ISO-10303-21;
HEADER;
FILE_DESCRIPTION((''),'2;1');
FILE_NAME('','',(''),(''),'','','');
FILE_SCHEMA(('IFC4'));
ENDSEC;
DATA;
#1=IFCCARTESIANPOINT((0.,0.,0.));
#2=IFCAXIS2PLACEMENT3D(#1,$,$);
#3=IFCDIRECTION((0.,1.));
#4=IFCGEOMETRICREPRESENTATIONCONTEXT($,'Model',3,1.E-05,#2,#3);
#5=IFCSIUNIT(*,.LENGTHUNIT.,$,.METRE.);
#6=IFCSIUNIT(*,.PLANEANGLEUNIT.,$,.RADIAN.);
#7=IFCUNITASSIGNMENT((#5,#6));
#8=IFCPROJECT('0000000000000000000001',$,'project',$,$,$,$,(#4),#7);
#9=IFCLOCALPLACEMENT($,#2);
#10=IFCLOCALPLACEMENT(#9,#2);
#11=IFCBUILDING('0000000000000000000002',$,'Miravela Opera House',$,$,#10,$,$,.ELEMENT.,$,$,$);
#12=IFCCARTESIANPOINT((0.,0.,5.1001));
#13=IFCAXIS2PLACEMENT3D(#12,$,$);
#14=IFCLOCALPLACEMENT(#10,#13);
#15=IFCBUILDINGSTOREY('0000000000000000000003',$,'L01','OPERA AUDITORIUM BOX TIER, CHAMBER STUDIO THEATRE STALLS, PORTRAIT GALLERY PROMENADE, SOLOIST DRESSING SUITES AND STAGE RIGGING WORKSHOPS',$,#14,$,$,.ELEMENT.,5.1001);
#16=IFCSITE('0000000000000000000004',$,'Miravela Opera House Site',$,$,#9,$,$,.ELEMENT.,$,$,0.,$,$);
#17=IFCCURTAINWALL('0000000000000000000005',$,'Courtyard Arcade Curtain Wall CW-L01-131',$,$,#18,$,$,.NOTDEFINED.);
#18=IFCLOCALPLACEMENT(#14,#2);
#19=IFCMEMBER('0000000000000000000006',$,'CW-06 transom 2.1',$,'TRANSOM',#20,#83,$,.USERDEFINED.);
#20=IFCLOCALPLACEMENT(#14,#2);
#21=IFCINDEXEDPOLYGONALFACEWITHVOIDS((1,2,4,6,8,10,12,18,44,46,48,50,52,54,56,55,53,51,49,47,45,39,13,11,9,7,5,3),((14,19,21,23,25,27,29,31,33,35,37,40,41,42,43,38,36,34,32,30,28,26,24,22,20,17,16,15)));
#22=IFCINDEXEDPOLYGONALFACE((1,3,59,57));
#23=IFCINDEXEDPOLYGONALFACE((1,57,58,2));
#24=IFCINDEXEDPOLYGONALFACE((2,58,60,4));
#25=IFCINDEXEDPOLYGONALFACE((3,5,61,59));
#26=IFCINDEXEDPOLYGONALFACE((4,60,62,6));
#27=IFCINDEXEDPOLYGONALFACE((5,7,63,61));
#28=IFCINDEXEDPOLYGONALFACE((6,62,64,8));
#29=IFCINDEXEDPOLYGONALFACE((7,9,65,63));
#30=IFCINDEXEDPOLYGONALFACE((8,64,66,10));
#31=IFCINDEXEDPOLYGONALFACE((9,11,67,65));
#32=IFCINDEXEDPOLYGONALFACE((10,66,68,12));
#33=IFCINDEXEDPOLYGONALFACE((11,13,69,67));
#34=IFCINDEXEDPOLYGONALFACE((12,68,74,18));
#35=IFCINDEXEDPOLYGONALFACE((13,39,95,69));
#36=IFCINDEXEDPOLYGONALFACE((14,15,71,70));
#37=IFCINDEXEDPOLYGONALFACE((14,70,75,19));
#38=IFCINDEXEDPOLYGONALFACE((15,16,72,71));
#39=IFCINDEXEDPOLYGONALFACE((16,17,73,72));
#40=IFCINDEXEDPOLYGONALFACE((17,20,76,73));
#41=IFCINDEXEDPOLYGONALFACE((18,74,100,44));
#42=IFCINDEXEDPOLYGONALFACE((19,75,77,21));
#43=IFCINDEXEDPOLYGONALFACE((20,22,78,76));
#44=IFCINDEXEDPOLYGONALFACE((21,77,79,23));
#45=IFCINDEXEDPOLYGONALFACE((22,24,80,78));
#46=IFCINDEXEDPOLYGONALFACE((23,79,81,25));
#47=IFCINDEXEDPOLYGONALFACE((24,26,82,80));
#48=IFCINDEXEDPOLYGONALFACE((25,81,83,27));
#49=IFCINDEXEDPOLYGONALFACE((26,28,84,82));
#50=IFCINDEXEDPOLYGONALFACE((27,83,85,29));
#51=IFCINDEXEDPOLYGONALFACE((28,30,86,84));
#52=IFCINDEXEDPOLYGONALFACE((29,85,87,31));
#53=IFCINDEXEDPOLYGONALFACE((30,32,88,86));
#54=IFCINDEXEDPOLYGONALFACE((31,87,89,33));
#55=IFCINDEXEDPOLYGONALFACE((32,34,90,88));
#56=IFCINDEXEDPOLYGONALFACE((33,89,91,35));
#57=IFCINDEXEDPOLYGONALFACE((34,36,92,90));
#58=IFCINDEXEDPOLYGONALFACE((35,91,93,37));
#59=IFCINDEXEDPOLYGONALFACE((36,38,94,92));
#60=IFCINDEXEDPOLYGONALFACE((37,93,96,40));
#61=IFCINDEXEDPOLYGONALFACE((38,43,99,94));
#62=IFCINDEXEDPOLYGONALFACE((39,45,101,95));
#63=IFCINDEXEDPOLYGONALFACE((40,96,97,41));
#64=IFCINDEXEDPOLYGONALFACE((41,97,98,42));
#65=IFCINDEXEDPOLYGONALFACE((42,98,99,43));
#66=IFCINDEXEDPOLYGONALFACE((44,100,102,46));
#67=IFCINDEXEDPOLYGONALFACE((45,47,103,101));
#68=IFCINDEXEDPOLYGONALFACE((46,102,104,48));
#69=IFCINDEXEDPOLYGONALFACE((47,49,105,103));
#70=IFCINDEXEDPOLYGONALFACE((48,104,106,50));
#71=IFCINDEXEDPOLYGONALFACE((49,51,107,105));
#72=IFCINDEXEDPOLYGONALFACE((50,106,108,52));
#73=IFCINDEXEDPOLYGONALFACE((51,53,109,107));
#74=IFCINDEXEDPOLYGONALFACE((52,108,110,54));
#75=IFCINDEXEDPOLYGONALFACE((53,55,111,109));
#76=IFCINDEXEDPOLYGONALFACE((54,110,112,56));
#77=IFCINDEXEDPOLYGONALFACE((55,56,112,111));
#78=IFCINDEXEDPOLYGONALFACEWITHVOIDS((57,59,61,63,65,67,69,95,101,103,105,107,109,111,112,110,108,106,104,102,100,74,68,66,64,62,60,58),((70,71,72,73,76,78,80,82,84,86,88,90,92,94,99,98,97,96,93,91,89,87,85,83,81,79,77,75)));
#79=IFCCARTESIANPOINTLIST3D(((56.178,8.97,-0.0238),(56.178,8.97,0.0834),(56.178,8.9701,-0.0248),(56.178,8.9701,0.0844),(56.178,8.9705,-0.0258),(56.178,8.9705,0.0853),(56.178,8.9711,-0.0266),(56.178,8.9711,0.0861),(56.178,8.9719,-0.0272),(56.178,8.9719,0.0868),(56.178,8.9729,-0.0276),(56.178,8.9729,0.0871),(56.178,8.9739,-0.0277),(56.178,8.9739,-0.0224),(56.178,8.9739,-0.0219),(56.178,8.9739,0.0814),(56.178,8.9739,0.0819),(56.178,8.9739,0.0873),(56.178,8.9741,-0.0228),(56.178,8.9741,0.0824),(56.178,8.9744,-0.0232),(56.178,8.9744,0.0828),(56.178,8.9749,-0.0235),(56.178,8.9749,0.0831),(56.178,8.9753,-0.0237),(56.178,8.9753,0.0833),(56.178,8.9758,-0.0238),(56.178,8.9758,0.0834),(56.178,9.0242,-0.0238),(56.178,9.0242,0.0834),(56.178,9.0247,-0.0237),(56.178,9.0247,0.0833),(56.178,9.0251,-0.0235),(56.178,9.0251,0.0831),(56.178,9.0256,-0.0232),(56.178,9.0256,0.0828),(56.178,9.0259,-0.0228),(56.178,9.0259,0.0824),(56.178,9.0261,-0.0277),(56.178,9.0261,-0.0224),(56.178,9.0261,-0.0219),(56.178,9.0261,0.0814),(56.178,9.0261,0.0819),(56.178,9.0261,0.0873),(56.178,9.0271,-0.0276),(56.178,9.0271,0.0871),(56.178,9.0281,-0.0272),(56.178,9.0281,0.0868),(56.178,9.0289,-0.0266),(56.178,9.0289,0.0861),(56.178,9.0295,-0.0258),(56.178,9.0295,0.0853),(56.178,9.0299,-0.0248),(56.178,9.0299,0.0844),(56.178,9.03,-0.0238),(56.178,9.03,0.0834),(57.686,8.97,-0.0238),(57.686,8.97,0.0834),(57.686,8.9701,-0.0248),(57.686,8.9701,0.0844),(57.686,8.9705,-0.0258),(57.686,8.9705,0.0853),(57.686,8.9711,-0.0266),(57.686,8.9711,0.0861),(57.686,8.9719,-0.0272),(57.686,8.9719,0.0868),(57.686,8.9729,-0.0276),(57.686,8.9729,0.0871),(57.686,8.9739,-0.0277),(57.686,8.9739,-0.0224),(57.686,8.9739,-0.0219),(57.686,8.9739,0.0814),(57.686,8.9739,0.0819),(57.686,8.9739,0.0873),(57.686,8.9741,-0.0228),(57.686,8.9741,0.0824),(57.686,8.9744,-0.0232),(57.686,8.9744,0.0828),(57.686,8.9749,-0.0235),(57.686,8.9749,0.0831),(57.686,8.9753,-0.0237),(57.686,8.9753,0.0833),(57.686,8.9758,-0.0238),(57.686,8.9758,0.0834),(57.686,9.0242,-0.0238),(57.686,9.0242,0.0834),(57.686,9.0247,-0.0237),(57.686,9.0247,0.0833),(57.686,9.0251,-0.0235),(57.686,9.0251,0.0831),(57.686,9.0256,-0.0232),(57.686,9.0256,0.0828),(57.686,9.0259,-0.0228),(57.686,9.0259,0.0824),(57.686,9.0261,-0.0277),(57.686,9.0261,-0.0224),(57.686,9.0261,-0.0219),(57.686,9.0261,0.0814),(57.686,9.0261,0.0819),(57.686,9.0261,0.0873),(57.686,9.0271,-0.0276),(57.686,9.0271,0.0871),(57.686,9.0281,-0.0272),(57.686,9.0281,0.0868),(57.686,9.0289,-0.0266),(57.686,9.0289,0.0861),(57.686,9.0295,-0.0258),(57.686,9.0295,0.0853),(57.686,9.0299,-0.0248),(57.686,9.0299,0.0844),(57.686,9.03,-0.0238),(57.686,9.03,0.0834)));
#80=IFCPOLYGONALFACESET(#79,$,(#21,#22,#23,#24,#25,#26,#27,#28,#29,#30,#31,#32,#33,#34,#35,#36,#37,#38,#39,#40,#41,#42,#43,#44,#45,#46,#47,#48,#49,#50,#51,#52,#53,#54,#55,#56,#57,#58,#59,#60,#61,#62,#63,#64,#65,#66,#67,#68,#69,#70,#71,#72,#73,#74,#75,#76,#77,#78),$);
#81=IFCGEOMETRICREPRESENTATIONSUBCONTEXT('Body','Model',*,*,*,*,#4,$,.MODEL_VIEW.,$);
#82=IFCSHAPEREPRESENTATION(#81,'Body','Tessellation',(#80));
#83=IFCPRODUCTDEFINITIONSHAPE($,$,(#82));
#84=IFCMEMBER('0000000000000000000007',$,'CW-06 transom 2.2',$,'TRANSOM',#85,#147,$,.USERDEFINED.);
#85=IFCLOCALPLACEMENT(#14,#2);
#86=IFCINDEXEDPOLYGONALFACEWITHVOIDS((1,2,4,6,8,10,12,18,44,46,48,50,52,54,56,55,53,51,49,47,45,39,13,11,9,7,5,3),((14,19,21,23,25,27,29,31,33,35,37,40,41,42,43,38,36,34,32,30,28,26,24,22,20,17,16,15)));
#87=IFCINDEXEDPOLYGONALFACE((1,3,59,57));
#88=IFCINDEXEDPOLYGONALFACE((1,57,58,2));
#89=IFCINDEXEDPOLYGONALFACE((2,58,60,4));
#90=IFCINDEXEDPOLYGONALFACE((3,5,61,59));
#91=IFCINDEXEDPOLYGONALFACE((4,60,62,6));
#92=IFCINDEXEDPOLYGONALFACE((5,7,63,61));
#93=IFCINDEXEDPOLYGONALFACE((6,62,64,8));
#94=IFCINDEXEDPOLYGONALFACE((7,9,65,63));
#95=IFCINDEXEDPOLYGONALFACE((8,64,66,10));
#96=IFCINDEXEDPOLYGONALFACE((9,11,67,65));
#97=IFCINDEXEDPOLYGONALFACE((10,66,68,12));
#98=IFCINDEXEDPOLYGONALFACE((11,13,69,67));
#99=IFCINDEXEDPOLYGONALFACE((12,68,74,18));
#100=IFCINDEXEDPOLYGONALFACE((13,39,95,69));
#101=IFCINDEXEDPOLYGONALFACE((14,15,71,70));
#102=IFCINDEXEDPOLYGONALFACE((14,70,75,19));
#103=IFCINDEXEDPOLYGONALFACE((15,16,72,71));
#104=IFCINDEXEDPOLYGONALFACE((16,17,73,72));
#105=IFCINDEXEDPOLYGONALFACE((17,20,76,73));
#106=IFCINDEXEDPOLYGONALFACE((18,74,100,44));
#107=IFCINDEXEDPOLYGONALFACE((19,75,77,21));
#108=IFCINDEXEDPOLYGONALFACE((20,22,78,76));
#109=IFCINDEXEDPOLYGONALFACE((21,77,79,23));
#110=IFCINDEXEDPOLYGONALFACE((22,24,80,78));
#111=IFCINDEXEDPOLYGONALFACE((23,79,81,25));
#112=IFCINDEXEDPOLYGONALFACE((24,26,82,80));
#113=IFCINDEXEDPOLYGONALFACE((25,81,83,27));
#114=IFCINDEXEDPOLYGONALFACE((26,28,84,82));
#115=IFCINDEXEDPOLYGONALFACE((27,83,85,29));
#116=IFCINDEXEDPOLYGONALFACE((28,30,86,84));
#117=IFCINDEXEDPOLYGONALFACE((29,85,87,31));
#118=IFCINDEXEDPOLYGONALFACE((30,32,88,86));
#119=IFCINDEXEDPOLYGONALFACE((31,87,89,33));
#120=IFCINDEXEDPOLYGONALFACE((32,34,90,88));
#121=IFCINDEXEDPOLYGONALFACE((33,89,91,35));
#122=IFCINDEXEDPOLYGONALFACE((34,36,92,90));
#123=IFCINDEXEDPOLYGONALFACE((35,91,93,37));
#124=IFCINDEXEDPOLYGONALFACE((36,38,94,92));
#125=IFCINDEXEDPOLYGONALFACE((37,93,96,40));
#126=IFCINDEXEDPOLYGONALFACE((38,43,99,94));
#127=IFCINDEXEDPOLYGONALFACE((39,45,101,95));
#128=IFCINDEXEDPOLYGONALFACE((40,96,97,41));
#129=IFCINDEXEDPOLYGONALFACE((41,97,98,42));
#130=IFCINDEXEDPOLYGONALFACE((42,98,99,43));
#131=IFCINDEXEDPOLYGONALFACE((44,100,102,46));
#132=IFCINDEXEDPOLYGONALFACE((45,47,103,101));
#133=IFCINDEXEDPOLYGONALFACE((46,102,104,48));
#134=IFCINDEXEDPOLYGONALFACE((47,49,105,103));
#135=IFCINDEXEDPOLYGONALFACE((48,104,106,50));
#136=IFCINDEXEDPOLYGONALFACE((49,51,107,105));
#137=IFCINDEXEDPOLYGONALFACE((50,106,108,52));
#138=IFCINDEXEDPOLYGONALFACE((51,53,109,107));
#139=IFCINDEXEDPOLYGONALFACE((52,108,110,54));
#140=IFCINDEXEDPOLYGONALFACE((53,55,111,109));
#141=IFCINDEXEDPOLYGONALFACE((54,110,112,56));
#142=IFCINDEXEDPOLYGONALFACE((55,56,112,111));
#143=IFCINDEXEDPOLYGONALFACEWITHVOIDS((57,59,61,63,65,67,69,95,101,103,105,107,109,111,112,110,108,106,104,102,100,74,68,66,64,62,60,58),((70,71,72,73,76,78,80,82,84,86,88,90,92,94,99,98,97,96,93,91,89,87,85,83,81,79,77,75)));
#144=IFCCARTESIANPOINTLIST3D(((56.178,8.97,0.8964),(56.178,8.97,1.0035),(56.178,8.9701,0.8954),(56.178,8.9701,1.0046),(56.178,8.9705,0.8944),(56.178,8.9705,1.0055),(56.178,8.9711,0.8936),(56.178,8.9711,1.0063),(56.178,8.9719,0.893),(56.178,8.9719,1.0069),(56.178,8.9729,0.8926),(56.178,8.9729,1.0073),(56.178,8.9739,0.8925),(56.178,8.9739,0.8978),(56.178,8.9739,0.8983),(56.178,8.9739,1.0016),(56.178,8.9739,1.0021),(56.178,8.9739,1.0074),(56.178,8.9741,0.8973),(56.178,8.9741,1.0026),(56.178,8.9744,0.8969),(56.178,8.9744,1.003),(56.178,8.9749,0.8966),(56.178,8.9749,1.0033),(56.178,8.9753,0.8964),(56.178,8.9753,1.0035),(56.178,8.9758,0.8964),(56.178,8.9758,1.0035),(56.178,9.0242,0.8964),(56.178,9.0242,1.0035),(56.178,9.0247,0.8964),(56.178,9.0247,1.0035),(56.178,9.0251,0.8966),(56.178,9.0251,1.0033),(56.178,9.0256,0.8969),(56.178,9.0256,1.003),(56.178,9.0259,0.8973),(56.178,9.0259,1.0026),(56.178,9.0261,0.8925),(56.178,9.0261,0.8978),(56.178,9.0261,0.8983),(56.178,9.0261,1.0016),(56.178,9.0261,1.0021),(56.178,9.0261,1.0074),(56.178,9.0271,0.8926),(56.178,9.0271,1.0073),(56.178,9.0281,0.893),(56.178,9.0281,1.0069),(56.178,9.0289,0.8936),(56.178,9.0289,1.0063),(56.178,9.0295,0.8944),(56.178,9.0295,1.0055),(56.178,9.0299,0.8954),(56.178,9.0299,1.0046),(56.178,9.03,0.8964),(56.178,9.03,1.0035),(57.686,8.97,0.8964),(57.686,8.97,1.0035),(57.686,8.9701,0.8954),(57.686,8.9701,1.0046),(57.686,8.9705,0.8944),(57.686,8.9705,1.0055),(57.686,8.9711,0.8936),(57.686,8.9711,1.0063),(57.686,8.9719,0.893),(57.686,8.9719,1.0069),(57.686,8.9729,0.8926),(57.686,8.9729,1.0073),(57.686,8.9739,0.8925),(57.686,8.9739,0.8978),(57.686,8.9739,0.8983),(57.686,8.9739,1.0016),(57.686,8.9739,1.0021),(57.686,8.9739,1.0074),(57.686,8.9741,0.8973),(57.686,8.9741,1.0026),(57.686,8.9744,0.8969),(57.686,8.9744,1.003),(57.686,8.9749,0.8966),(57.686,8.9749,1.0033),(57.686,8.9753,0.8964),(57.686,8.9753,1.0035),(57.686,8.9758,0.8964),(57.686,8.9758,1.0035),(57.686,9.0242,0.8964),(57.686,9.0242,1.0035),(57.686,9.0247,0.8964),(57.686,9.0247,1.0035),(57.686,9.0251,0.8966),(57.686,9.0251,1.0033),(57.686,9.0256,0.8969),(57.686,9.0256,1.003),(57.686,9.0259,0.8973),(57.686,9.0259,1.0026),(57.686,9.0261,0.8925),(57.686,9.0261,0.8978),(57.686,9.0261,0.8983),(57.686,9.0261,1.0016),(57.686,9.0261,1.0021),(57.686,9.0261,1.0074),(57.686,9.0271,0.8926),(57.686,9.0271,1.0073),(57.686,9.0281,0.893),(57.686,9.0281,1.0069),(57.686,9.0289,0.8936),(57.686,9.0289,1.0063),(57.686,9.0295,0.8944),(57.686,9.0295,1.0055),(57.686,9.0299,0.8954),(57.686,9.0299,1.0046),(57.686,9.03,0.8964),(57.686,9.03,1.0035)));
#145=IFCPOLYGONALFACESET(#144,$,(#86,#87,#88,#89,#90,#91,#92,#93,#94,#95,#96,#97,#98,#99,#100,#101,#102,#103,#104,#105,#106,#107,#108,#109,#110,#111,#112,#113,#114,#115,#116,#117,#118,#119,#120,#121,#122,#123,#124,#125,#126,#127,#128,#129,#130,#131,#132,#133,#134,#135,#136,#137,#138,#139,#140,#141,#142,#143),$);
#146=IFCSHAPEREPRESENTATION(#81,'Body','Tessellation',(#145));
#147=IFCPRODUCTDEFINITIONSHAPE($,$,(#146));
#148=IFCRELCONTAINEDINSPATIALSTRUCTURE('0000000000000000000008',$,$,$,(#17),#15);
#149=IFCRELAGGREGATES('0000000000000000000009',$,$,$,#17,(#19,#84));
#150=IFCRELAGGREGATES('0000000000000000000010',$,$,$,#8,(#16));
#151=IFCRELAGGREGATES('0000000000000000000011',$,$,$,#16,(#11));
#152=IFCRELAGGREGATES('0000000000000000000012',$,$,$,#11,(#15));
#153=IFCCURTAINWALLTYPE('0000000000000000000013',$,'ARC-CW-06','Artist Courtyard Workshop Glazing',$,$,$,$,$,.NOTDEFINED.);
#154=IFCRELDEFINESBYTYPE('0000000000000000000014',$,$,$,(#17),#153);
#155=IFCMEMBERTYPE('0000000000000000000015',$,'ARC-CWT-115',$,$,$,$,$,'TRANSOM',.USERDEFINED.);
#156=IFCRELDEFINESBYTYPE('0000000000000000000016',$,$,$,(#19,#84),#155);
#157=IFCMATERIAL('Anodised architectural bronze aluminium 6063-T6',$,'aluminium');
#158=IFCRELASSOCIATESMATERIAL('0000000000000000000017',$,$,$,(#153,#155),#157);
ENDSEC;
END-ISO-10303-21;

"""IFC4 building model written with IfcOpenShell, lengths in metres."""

from ifc_helpers import new_model, si_unit, direction, frame, origin, origin_2d, place, context, subcontext, project, spatial, hollow_rectangle, extrude, material, material_profile, profile_set, type_object, element, aggregate, save


model = new_model("IFC4")

# Units and contexts
model_context = context("Model", 3, precision=1e-05, world=origin(), true_north=direction((0.0, 1.0)))
body_context = subcontext(model_context, "Body", "Model", "MODEL_VIEW")
ifc_project = project(units=[si_unit("LENGTHUNIT", "METRE"), si_unit("PLANEANGLEUNIT", "RADIAN")], contexts=[model_context])

# Site, building, storey
site_placement = place(None, origin())
site = spatial("IfcSite", under=ifc_project, at=site_placement, Name="Miravela Opera House Site", CompositionType="ELEMENT", RefElevation=0.0)
building_placement = place(site_placement, origin())
building = spatial("IfcBuilding", under=site, at=building_placement, Name="Miravela Opera House", CompositionType="ELEMENT")
storey_placement = place(building_placement, frame((0.0, 0.0, 5.1001)))
storey = spatial("IfcBuildingStorey", under=building, at=storey_placement, Name="L01", Description="OPERA AUDITORIUM BOX TIER, CHAMBER STUDIO THEATRE STALLS, PORTRAIT GALLERY PROMENADE, SOLOIST DRESSING SUITES AND STAGE RIGGING WORKSHOPS", CompositionType="ELEMENT", Elevation=5.1001)

# Shared definitions
ifc_material_1 = material(Name="Anodised architectural bronze aluminium 6063-T6", Category="aluminium")
curtain_wall_type = type_object("IfcCurtainWallType", Name="ARC-CW-06", Description="Artist Courtyard Workshop Glazing", PredefinedType="NOTDEFINED", material=ifc_material_1)

# Curtain wall, members
curtain_wall_1_placement = place(storey_placement, origin())
curtain_wall_1 = element("IfcCurtainWall", 1, at=curtain_wall_1_placement, inside=storey, type_object=curtain_wall_type, Name="Courtyard Arcade Curtain Wall CW-L01-131", PredefinedType="NOTDEFINED")
ifc_material_profile_1 = material_profile(ifc_material_1, hollow_rectangle(XDim=0.0601, YDim=0.115, WallThickness=0.0039, InnerFilletRadius=0.002, OuterFilletRadius=0.0039, at=origin_2d()), Name="CWT-60X115")
ifc_profile_set_1 = profile_set([ifc_material_profile_1])
member_type_1 = type_object("IfcMemberType", Name="ARC-CWT-115", ElementType="TRANSOM", PredefinedType="USERDEFINED", material=ifc_profile_set_1)
member_1_placement = place(storey_placement, frame((56.178, 9.0, 0.0298), z_axis=(1.0, 0.0, 0.0), x_axis=(0.0, 1.0, 0.0)))
member_1 = element("IfcMember", 2, at=member_1_placement, type_object=member_type_1, Name="CW-06 transom 2.1", ObjectType="TRANSOM", PredefinedType="USERDEFINED", context=body_context, shape_type="SweptSolid", body=[
    extrude(hollow_rectangle(XDim=0.0601, YDim=0.115, WallThickness=0.0039, InnerFilletRadius=0.002, OuterFilletRadius=0.0039, at=origin_2d()), origin(), (0.0, 0.0, 1.0), 1.5081),
])
member_2_placement = place(storey_placement, frame((56.178, 9.0, 0.95), z_axis=(1.0, 0.0, 0.0), x_axis=(0.0, 1.0, 0.0)))
member_2 = element("IfcMember", 3, at=member_2_placement, type_object=member_type_1, Name="CW-06 transom 2.2", ObjectType="TRANSOM", PredefinedType="USERDEFINED", context=body_context, shape_type="SweptSolid", body=[
    extrude(hollow_rectangle(XDim=0.0601, YDim=0.115, WallThickness=0.0039, InnerFilletRadius=0.002, OuterFilletRadius=0.0039, at=origin_2d()), origin(), (0.0, 0.0, 1.0), 1.5081),
])

aggregate(curtain_wall_1, [member_1, member_2])

save(model, "model.ifc")
